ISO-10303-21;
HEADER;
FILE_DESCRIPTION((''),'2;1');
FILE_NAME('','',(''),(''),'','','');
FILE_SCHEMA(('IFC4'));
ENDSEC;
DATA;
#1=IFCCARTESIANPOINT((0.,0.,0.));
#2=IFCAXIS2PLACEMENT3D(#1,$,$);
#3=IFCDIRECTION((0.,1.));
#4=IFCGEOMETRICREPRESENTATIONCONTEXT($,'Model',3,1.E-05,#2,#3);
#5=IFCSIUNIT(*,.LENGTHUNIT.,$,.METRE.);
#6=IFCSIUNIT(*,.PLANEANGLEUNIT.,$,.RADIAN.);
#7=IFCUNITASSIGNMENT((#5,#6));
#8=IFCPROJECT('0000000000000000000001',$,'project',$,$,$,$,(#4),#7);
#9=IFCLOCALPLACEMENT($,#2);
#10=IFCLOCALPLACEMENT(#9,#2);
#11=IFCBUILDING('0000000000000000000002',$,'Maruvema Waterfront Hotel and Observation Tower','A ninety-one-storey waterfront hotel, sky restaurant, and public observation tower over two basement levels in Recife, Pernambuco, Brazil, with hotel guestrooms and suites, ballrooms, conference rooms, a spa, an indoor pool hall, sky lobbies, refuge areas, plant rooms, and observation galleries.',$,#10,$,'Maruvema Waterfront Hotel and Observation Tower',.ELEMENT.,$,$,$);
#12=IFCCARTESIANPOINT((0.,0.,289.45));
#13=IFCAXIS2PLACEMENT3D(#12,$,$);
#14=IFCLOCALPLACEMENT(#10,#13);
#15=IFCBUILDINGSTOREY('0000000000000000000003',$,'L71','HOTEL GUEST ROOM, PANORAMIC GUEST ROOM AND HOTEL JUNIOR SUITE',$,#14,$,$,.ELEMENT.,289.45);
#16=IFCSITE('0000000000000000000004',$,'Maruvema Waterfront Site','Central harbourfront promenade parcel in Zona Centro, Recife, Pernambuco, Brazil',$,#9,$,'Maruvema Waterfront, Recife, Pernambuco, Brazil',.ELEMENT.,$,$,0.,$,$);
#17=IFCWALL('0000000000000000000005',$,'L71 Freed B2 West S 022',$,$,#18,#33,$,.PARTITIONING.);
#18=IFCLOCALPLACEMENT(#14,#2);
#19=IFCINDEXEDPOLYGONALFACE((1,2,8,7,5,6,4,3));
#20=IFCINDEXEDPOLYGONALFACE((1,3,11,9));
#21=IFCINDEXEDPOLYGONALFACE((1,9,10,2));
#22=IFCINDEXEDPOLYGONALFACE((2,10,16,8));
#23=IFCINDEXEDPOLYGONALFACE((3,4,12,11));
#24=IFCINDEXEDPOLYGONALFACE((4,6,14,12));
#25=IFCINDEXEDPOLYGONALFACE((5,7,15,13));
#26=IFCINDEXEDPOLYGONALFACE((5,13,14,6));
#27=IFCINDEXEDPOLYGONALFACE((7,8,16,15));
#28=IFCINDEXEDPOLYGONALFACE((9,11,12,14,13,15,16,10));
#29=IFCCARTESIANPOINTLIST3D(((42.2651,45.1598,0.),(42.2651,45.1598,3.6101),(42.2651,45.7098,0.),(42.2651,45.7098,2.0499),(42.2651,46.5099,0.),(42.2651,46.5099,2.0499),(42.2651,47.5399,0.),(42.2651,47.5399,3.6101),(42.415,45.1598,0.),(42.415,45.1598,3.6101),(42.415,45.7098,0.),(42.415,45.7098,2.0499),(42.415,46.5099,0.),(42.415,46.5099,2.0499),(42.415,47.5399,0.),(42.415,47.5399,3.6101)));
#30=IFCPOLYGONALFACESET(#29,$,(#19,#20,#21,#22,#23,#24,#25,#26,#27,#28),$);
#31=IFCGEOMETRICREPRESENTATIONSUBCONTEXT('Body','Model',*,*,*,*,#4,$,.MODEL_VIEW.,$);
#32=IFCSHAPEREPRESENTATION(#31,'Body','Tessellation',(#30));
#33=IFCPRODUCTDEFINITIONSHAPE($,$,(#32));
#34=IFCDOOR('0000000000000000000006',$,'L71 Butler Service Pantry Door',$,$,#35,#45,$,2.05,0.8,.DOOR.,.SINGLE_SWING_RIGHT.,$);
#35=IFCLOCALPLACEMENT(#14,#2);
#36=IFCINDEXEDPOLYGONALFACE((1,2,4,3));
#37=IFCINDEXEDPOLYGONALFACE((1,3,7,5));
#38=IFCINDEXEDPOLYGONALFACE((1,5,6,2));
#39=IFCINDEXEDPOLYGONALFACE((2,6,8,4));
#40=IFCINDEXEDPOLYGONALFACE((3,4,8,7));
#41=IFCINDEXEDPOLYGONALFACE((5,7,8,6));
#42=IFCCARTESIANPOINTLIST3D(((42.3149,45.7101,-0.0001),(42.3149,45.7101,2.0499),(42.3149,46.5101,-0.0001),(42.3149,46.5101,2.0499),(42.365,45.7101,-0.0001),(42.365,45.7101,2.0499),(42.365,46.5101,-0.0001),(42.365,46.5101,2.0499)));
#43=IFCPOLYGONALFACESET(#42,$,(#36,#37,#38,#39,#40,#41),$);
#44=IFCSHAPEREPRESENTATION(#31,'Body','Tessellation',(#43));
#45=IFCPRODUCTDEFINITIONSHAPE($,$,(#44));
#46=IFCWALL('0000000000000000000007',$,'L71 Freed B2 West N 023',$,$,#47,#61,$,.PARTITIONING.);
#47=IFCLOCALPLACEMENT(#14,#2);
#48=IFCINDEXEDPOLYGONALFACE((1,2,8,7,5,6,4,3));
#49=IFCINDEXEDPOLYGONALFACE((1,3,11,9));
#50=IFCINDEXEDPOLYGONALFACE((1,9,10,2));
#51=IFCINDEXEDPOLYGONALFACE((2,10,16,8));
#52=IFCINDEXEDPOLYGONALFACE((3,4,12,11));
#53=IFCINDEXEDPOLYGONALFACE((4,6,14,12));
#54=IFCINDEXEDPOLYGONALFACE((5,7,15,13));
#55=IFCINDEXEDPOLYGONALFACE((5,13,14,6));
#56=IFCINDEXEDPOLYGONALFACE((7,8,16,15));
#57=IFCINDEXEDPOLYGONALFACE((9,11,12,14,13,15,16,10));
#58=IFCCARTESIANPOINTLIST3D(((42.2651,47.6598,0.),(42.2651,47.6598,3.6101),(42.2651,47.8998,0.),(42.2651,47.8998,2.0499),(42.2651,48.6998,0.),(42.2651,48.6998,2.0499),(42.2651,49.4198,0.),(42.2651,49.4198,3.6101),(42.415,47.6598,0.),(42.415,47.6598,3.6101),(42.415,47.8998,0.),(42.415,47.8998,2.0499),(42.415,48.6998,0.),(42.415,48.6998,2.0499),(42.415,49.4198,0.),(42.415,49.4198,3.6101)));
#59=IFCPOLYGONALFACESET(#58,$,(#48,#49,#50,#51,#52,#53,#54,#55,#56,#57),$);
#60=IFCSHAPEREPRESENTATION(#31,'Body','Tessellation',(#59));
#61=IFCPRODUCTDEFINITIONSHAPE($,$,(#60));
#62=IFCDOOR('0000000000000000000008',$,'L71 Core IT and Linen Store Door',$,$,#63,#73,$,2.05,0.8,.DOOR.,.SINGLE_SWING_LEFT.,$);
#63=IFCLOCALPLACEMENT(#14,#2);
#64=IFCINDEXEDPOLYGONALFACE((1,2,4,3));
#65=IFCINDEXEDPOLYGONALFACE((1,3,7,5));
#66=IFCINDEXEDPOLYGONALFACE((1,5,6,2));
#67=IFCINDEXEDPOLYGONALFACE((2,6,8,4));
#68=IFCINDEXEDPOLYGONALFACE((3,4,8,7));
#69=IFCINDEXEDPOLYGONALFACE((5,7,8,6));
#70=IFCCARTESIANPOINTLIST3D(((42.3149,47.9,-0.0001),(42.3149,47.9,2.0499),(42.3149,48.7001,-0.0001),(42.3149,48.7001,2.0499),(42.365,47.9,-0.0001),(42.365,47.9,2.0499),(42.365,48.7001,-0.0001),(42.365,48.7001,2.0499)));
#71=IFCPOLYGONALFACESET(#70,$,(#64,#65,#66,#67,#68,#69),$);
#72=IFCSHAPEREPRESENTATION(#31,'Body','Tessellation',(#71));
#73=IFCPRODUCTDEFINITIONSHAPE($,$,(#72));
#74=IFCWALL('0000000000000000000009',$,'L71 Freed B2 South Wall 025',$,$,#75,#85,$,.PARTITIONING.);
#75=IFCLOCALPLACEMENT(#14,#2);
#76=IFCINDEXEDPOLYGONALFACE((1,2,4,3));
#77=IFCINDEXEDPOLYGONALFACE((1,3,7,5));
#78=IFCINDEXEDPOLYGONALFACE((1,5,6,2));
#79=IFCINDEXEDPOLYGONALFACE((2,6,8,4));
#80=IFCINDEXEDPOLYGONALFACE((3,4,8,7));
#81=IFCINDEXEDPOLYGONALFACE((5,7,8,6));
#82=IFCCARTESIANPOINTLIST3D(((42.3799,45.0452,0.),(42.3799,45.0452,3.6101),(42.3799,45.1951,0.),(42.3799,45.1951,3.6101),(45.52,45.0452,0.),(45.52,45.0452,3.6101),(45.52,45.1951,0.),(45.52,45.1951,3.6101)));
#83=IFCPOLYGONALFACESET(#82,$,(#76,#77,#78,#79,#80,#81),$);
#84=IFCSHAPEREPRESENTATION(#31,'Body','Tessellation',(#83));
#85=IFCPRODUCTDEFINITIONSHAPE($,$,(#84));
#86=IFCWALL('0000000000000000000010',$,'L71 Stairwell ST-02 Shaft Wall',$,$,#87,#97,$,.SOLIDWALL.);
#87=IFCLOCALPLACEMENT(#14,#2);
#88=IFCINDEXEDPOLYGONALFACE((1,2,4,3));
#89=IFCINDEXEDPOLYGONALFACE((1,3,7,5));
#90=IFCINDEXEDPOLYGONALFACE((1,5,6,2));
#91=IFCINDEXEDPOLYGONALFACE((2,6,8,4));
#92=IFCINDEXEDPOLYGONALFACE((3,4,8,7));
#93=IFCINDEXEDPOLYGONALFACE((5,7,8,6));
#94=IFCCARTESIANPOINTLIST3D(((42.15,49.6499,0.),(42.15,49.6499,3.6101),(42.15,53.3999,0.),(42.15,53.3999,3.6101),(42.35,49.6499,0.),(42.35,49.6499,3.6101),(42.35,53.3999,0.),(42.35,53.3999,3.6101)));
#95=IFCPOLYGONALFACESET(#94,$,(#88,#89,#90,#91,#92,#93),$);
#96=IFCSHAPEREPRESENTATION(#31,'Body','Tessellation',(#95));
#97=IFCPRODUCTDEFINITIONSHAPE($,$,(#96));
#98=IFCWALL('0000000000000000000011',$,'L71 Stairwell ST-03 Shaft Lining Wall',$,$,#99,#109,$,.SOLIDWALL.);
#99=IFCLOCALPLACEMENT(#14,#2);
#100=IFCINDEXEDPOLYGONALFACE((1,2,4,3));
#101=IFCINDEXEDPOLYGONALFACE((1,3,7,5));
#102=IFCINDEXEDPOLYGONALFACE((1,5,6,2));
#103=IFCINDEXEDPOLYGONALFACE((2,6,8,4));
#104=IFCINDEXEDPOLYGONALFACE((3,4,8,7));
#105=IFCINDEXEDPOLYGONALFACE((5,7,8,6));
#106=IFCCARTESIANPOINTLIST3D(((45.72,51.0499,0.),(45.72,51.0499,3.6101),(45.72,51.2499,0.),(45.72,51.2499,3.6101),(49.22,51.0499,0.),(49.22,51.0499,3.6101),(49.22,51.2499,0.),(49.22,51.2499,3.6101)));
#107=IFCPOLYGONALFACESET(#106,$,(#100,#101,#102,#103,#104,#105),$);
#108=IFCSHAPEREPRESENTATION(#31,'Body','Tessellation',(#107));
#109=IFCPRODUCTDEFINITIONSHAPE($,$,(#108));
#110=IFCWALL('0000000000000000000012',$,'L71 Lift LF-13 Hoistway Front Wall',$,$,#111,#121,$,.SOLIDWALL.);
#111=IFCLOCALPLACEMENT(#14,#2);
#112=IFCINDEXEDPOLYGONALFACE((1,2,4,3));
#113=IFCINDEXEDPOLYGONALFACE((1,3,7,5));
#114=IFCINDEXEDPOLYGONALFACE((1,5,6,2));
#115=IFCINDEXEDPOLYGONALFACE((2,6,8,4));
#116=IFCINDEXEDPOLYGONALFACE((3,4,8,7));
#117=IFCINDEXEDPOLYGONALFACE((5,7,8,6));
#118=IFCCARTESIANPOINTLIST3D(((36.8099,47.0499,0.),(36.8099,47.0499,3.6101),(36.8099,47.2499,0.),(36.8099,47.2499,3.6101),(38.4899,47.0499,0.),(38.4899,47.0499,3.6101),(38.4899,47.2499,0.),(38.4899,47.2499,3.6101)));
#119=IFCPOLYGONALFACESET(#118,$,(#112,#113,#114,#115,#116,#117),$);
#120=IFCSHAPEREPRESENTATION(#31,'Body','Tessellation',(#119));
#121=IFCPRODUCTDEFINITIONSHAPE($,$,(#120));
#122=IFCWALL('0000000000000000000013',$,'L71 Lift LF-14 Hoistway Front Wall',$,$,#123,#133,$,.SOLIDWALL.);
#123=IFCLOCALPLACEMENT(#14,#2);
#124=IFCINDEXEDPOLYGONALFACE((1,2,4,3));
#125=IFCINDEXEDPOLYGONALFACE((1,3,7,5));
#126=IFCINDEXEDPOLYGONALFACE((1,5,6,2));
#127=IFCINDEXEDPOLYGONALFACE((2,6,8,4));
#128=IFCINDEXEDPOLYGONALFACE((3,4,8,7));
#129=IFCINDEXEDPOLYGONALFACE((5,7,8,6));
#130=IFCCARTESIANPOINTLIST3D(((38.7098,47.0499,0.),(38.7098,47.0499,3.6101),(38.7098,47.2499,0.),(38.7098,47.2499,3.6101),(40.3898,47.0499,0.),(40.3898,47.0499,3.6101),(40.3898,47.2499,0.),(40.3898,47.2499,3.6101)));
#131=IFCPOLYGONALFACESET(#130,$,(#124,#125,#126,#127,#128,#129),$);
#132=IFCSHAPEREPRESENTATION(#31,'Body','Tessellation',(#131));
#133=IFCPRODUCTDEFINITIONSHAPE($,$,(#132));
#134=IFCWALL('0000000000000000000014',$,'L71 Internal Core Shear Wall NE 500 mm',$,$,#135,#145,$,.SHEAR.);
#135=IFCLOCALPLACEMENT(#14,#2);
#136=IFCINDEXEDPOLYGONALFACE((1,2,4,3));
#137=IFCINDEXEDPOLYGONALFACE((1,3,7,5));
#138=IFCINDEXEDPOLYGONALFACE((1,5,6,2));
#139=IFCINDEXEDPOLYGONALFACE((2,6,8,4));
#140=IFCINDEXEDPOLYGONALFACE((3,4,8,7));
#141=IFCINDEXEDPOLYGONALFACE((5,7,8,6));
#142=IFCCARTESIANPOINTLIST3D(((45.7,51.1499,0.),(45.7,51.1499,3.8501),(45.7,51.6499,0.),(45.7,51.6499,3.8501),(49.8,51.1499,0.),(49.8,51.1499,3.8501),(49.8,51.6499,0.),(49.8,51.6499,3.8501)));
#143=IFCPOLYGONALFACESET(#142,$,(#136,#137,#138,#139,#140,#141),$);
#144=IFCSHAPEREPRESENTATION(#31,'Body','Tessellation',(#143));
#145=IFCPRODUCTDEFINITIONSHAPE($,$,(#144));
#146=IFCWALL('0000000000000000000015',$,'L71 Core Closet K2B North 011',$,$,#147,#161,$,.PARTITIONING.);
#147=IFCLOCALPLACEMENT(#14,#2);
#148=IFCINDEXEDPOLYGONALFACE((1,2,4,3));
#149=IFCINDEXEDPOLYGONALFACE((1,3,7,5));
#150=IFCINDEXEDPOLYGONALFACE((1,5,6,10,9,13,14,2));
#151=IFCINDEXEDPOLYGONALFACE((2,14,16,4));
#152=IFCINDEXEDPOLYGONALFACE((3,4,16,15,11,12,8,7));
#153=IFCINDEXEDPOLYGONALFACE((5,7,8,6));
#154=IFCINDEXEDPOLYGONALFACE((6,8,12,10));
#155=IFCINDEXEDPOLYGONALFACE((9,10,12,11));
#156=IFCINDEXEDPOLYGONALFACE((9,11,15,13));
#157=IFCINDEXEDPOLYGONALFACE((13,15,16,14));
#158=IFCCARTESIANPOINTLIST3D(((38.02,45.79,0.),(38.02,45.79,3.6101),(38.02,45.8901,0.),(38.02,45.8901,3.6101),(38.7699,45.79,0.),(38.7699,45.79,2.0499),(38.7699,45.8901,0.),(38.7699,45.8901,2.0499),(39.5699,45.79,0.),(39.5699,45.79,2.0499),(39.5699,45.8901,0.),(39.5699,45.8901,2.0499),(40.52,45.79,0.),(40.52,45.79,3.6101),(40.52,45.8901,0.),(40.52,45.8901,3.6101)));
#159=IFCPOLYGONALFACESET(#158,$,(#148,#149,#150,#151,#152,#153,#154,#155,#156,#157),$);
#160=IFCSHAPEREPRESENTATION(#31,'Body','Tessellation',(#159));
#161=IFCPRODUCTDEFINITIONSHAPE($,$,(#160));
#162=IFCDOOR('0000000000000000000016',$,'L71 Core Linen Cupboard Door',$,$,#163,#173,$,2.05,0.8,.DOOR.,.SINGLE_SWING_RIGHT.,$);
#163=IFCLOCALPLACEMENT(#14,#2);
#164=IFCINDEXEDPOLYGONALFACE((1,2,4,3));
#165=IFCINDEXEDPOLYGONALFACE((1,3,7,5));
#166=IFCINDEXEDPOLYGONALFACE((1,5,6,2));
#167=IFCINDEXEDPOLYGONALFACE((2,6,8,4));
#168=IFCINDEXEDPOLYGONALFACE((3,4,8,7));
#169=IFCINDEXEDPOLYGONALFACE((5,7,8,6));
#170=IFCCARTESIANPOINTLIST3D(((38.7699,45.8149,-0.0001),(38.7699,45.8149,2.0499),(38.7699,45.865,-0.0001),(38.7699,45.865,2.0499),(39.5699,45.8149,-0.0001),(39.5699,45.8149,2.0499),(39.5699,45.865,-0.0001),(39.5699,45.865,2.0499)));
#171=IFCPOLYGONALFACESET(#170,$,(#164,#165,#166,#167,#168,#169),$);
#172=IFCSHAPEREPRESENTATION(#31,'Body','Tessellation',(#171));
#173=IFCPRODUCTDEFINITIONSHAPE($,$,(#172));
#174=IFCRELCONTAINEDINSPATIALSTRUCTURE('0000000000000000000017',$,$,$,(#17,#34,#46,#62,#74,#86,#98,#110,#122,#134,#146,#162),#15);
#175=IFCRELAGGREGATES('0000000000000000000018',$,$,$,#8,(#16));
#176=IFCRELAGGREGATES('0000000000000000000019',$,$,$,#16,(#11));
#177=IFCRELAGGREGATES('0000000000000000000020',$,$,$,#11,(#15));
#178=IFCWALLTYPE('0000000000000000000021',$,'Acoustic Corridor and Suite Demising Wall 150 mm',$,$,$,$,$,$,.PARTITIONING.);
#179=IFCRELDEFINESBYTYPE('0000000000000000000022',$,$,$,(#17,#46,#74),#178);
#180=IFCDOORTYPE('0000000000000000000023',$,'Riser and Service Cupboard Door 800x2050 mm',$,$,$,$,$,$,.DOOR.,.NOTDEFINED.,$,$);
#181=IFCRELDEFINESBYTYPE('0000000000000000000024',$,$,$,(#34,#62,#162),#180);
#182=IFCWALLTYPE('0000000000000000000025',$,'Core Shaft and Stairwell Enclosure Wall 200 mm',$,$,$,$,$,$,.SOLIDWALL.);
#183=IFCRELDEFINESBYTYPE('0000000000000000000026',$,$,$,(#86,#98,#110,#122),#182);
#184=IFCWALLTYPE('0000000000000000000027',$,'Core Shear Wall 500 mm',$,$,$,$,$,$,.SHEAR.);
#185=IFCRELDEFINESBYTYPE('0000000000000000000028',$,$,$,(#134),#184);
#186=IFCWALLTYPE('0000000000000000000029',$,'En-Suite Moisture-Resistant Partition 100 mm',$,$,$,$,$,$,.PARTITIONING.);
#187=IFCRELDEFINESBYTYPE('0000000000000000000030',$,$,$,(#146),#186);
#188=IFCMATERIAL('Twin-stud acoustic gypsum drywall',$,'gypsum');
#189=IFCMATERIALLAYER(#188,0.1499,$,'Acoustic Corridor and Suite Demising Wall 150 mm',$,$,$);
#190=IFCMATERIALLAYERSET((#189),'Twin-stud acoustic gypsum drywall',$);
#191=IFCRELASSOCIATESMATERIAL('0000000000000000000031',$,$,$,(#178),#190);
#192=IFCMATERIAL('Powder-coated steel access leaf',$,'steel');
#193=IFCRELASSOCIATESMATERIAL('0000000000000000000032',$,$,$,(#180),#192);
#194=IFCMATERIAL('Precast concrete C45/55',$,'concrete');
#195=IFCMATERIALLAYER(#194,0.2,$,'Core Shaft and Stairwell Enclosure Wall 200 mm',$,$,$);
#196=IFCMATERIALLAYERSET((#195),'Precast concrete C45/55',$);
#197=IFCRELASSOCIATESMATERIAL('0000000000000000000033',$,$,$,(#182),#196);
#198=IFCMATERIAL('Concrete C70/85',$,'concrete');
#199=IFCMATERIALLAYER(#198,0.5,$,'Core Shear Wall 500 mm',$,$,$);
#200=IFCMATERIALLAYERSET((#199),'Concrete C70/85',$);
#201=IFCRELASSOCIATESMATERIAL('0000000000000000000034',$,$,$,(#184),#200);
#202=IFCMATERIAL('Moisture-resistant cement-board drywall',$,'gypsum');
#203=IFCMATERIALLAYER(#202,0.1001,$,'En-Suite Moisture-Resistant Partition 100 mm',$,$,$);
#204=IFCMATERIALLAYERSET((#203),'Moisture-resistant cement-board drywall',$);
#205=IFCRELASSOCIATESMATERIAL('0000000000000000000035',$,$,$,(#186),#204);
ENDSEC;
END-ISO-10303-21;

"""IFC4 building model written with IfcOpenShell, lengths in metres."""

from ifc_helpers import new_model, si_unit, direction, frame, frame_2d, origin, place, context, subcontext, project, spatial, rectangle, extrude, material, layer, layer_set, type_object, element, fill, save


model = new_model("IFC4")

# Units and contexts
model_context = context("Model", 3, precision=1e-05, world=origin(), true_north=direction((0.0, 1.0)))
body_context = subcontext(model_context, "Body", "Model", "MODEL_VIEW")
ifc_project = project(units=[si_unit("LENGTHUNIT", "METRE"), si_unit("PLANEANGLEUNIT", "RADIAN")], contexts=[model_context])

# Site, building, storey
site_placement = place(None, origin())
site = spatial("IfcSite", under=ifc_project, at=site_placement, Name="Maruvema Waterfront Site", Description="Central harbourfront promenade parcel in Zona Centro, Recife, Pernambuco, Brazil", LongName="Maruvema Waterfront, Recife, Pernambuco, Brazil", CompositionType="ELEMENT", RefElevation=0.0)
building_placement = place(site_placement, origin())
building = spatial("IfcBuilding", under=site, at=building_placement, Name="Maruvema Waterfront Hotel and Observation Tower", Description="A ninety-one-storey waterfront hotel, sky restaurant, and public observation tower over two basement levels in Recife, Pernambuco, Brazil, with hotel guestrooms and suites, ballrooms, conference rooms, a spa, an indoor pool hall, sky lobbies, refuge areas, plant rooms, and observation galleries.", LongName="Maruvema Waterfront Hotel and Observation Tower", CompositionType="ELEMENT")
storey_placement = place(building_placement, frame((0.0, 0.0, 289.45)))
storey = spatial("IfcBuildingStorey", under=building, at=storey_placement, Name="L71", Description="HOTEL GUEST ROOM, PANORAMIC GUEST ROOM AND HOTEL JUNIOR SUITE", CompositionType="ELEMENT", Elevation=289.45)

# Walls, openings, doors
ifc_material_1 = material(Name="Twin-stud acoustic gypsum drywall", Category="gypsum")
ifc_layer_1 = layer(ifc_material_1, 0.1499, Name="Acoustic Corridor and Suite Demising Wall 150 mm")
ifc_layer_set_1 = layer_set([ifc_layer_1], Name="Twin-stud acoustic gypsum drywall")
wall_type_1 = type_object("IfcWallType", Name="Acoustic Corridor and Suite Demising Wall 150 mm", PredefinedType="PARTITIONING", material=ifc_layer_set_1)
wall_1_placement = place(storey_placement, frame((42.3401, 45.1599, 0.0), z_axis=(0.0, 0.0, 1.0), x_axis=(0.0, 1.0, 0.0)))
wall_1 = element("IfcWall", 1, at=wall_1_placement, inside=storey, type_object=wall_type_1, Name="L71 Freed B2 West S 022", PredefinedType="PARTITIONING", context=body_context, shape_type="SweptSolid", body=[
    extrude(rectangle(XDim=2.3801, YDim=0.1499, at=frame_2d((1.1899, 0.0))), origin(), (0.0, 0.0, 1.0), 3.6101),
])
opening_1_placement = place(wall_1_placement, frame((0.55, 0.0, 0.0)))
opening_1 = element("IfcOpeningElement", 2, at=opening_1_placement, cuts=wall_1, PredefinedType="OPENING", context=body_context, shape_type="SweptSolid", body=[
    extrude(rectangle(XDim=0.8, YDim=2.05, at=frame_2d((0.3999, 1.0249))), frame((0.0, 0.085, 0.0), z_axis=(0.0, -1.0, 0.0), x_axis=(1.0, 0.0, 0.0)), (0.0, 0.0, 1.0), 0.1699),
])
ifc_material_2 = material(Name="Powder-coated steel access leaf", Category="steel")
door_type = type_object("IfcDoorType", Name="Riser and Service Cupboard Door 800x2050 mm", OperationType="NOTDEFINED", PredefinedType="DOOR", material=ifc_material_2)
door_1_placement = place(opening_1_placement, frame((0.8, 0.0, 0.0), z_axis=(0.0, 0.0, 1.0), x_axis=(-1.0, 0.0, 0.0)))
door_1 = element("IfcDoor", 3, at=door_1_placement, inside=storey, type_object=door_type, Name="L71 Butler Service Pantry Door", OperationType="SINGLE_SWING_RIGHT", OverallHeight=2.05, OverallWidth=0.8, PredefinedType="DOOR", context=body_context, shape_type="SweptSolid", body=[
    extrude(rectangle(XDim=0.8, YDim=2.05, at=frame_2d((0.3999, 1.0249))), frame((0.0, 0.0249, 0.0), z_axis=(0.0, -1.0, 0.0), x_axis=(1.0, 0.0, 0.0)), (0.0, 0.0, 1.0), 0.05),
])
fill(opening_1, door_1)
wall_2_placement = place(storey_placement, frame((42.3401, 47.6599, 0.0), z_axis=(0.0, 0.0, 1.0), x_axis=(0.0, 1.0, 0.0)))
wall_2 = element("IfcWall", 4, at=wall_2_placement, inside=storey, type_object=wall_type_1, Name="L71 Freed B2 West N 023", PredefinedType="PARTITIONING", context=body_context, shape_type="SweptSolid", body=[
    extrude(rectangle(XDim=1.76, YDim=0.1499, at=frame_2d((0.8799, 0.0))), origin(), (0.0, 0.0, 1.0), 3.6101),
])
opening_2_placement = place(wall_2_placement, frame((0.24, 0.0, 0.0)))
opening_2 = element("IfcOpeningElement", 5, at=opening_2_placement, cuts=wall_2, PredefinedType="OPENING", context=body_context, shape_type="SweptSolid", body=[
    extrude(rectangle(XDim=0.8, YDim=2.05, at=frame_2d((0.3999, 1.0249))), frame((0.0, 0.085, 0.0), z_axis=(0.0, -1.0, 0.0), x_axis=(1.0, 0.0, 0.0)), (0.0, 0.0, 1.0), 0.1699),
])
door_2_placement = place(opening_2_placement, frame((0.8, 0.0, 0.0), z_axis=(0.0, 0.0, 1.0), x_axis=(-1.0, 0.0, 0.0)))
door_2 = element("IfcDoor", 6, at=door_2_placement, inside=storey, type_object=door_type, Name="L71 Core IT and Linen Store Door", OperationType="SINGLE_SWING_LEFT", OverallHeight=2.05, OverallWidth=0.8, PredefinedType="DOOR", context=body_context, shape_type="SweptSolid", body=[
    extrude(rectangle(XDim=0.8, YDim=2.05, at=frame_2d((0.3999, 1.0249))), frame((0.0, 0.0249, 0.0), z_axis=(0.0, -1.0, 0.0), x_axis=(1.0, 0.0, 0.0)), (0.0, 0.0, 1.0), 0.05),
])
fill(opening_2, door_2)

# Walls
wall_3_placement = place(storey_placement, frame((42.3799, 45.1201, 0.0), z_axis=(0.0, 0.0, 1.0), x_axis=(1.0, 0.0, 0.0)))
element("IfcWall", 7, at=wall_3_placement, inside=storey, type_object=wall_type_1, Name="L71 Freed B2 South Wall 025", PredefinedType="PARTITIONING", context=body_context, shape_type="SweptSolid", body=[
    extrude(rectangle(XDim=3.1401, YDim=0.1499, at=frame_2d((1.5701, 0.0))), origin(), (0.0, 0.0, 1.0), 3.6101),
])
ifc_material_3 = material(Name="Precast concrete C45/55", Category="concrete")
ifc_layer_2 = layer(ifc_material_3, 0.2, Name="Core Shaft and Stairwell Enclosure Wall 200 mm")
ifc_layer_set_2 = layer_set([ifc_layer_2], Name="Precast concrete C45/55")
wall_type_2 = type_object("IfcWallType", Name="Core Shaft and Stairwell Enclosure Wall 200 mm", PredefinedType="SOLIDWALL", material=ifc_layer_set_2)
wall_4_placement = place(storey_placement, frame((42.25, 49.6499, 0.0), z_axis=(0.0, 0.0, 1.0), x_axis=(0.0, 1.0, 0.0)))
element("IfcWall", 8, at=wall_4_placement, inside=storey, type_object=wall_type_2, Name="L71 Stairwell ST-02 Shaft Wall", PredefinedType="SOLIDWALL", context=body_context, shape_type="SweptSolid", body=[
    extrude(rectangle(XDim=3.75, YDim=0.2, at=frame_2d((1.875, 0.0))), origin(), (0.0, 0.0, 1.0), 3.6101),
])
wall_5_placement = place(storey_placement, frame((45.72, 51.1499, 0.0), z_axis=(0.0, 0.0, 1.0), x_axis=(1.0, 0.0, 0.0)))
element("IfcWall", 9, at=wall_5_placement, inside=storey, type_object=wall_type_2, Name="L71 Stairwell ST-03 Shaft Lining Wall", PredefinedType="SOLIDWALL", context=body_context, shape_type="SweptSolid", body=[
    extrude(rectangle(XDim=3.5, YDim=0.2, at=frame_2d((1.75, 0.0))), origin(), (0.0, 0.0, 1.0), 3.6101),
])
for number, where, z_axis, x_axis, name in (
    (10, (36.8101, 47.1499, 0.0), (0.0, 0.0, 1.0), (1.0, 0.0, 0.0), "L71 Lift LF-13 Hoistway Front Wall"),
    (11, (38.71, 47.1499, 0.0), (0.0, 0.0, 1.0), (1.0, 0.0, 0.0), "L71 Lift LF-14 Hoistway Front Wall"),
):
    element("IfcWall", number, at=place(storey_placement, frame(where, z_axis=z_axis, x_axis=x_axis)), inside=storey, type_object=wall_type_2, Name=name, PredefinedType="SOLIDWALL", context=body_context, shape_type="SweptSolid", body=[
        extrude(rectangle(XDim=1.6799, YDim=0.2, at=frame_2d((0.8398, 0.0))), origin(), (0.0, 0.0, 1.0), 3.6101),
    ])
ifc_material_4 = material(Name="Concrete C70/85", Category="concrete")
ifc_layer_3 = layer(ifc_material_4, 0.5, Name="Core Shear Wall 500 mm")
ifc_layer_set_3 = layer_set([ifc_layer_3], Name="Concrete C70/85")
wall_type_3 = type_object("IfcWallType", Name="Core Shear Wall 500 mm", PredefinedType="SHEAR", material=ifc_layer_set_3)
wall_6_placement = place(storey_placement, frame((45.7, 51.3999, 0.0), z_axis=(0.0, 0.0, 1.0), x_axis=(1.0, 0.0, 0.0)))
element("IfcWall", 12, at=wall_6_placement, inside=storey, type_object=wall_type_3, Name="L71 Internal Core Shear Wall NE 500 mm", PredefinedType="SHEAR", context=body_context, shape_type="SweptSolid", body=[
    extrude(rectangle(XDim=4.1001, YDim=0.5, at=frame_2d((2.05, 0.0))), origin(), (0.0, 0.0, 1.0), 3.8501),
])

# Wall, opening, door
ifc_material_5 = material(Name="Moisture-resistant cement-board drywall", Category="gypsum")
ifc_layer_4 = layer(ifc_material_5, 0.1001, Name="En-Suite Moisture-Resistant Partition 100 mm")
ifc_layer_set_4 = layer_set([ifc_layer_4], Name="Moisture-resistant cement-board drywall")
wall_type_4 = type_object("IfcWallType", Name="En-Suite Moisture-Resistant Partition 100 mm", PredefinedType="PARTITIONING", material=ifc_layer_set_4)
wall_7_placement = place(storey_placement, frame((38.02, 45.8401, 0.0), z_axis=(0.0, 0.0, 1.0), x_axis=(1.0, 0.0, 0.0)))
wall_7 = element("IfcWall", 13, at=wall_7_placement, inside=storey, type_object=wall_type_4, Name="L71 Core Closet K2B North 011", PredefinedType="PARTITIONING", context=body_context, shape_type="SweptSolid", body=[
    extrude(rectangle(XDim=2.5, YDim=0.1001, at=frame_2d((1.25, 0.0))), origin(), (0.0, 0.0, 1.0), 3.6101),
])
opening_3_placement = place(wall_7_placement, frame((0.75, 0.0, 0.0)))
opening_3 = element("IfcOpeningElement", 14, at=opening_3_placement, cuts=wall_7, PredefinedType="OPENING", context=body_context, shape_type="SweptSolid", body=[
    extrude(rectangle(XDim=0.8, YDim=2.05, at=frame_2d((0.3999, 1.0249))), frame((0.0, 0.0601, 0.0), z_axis=(0.0, -1.0, 0.0), x_axis=(1.0, 0.0, 0.0)), (0.0, 0.0, 1.0), 0.1201),
])
door_3_placement = place(opening_3_placement, origin())
door_3 = element("IfcDoor", 15, at=door_3_placement, inside=storey, type_object=door_type, Name="L71 Core Linen Cupboard Door", OperationType="SINGLE_SWING_RIGHT", OverallHeight=2.05, OverallWidth=0.8, PredefinedType="DOOR", context=body_context, shape_type="SweptSolid", body=[
    extrude(rectangle(XDim=0.8, YDim=2.05, at=frame_2d((0.3999, 1.0249))), frame((0.0, 0.0249, 0.0), z_axis=(0.0, -1.0, 0.0), x_axis=(1.0, 0.0, 0.0)), (0.0, 0.0, 1.0), 0.05),
])
fill(opening_3, door_3)

save(model, "model.ifc")
